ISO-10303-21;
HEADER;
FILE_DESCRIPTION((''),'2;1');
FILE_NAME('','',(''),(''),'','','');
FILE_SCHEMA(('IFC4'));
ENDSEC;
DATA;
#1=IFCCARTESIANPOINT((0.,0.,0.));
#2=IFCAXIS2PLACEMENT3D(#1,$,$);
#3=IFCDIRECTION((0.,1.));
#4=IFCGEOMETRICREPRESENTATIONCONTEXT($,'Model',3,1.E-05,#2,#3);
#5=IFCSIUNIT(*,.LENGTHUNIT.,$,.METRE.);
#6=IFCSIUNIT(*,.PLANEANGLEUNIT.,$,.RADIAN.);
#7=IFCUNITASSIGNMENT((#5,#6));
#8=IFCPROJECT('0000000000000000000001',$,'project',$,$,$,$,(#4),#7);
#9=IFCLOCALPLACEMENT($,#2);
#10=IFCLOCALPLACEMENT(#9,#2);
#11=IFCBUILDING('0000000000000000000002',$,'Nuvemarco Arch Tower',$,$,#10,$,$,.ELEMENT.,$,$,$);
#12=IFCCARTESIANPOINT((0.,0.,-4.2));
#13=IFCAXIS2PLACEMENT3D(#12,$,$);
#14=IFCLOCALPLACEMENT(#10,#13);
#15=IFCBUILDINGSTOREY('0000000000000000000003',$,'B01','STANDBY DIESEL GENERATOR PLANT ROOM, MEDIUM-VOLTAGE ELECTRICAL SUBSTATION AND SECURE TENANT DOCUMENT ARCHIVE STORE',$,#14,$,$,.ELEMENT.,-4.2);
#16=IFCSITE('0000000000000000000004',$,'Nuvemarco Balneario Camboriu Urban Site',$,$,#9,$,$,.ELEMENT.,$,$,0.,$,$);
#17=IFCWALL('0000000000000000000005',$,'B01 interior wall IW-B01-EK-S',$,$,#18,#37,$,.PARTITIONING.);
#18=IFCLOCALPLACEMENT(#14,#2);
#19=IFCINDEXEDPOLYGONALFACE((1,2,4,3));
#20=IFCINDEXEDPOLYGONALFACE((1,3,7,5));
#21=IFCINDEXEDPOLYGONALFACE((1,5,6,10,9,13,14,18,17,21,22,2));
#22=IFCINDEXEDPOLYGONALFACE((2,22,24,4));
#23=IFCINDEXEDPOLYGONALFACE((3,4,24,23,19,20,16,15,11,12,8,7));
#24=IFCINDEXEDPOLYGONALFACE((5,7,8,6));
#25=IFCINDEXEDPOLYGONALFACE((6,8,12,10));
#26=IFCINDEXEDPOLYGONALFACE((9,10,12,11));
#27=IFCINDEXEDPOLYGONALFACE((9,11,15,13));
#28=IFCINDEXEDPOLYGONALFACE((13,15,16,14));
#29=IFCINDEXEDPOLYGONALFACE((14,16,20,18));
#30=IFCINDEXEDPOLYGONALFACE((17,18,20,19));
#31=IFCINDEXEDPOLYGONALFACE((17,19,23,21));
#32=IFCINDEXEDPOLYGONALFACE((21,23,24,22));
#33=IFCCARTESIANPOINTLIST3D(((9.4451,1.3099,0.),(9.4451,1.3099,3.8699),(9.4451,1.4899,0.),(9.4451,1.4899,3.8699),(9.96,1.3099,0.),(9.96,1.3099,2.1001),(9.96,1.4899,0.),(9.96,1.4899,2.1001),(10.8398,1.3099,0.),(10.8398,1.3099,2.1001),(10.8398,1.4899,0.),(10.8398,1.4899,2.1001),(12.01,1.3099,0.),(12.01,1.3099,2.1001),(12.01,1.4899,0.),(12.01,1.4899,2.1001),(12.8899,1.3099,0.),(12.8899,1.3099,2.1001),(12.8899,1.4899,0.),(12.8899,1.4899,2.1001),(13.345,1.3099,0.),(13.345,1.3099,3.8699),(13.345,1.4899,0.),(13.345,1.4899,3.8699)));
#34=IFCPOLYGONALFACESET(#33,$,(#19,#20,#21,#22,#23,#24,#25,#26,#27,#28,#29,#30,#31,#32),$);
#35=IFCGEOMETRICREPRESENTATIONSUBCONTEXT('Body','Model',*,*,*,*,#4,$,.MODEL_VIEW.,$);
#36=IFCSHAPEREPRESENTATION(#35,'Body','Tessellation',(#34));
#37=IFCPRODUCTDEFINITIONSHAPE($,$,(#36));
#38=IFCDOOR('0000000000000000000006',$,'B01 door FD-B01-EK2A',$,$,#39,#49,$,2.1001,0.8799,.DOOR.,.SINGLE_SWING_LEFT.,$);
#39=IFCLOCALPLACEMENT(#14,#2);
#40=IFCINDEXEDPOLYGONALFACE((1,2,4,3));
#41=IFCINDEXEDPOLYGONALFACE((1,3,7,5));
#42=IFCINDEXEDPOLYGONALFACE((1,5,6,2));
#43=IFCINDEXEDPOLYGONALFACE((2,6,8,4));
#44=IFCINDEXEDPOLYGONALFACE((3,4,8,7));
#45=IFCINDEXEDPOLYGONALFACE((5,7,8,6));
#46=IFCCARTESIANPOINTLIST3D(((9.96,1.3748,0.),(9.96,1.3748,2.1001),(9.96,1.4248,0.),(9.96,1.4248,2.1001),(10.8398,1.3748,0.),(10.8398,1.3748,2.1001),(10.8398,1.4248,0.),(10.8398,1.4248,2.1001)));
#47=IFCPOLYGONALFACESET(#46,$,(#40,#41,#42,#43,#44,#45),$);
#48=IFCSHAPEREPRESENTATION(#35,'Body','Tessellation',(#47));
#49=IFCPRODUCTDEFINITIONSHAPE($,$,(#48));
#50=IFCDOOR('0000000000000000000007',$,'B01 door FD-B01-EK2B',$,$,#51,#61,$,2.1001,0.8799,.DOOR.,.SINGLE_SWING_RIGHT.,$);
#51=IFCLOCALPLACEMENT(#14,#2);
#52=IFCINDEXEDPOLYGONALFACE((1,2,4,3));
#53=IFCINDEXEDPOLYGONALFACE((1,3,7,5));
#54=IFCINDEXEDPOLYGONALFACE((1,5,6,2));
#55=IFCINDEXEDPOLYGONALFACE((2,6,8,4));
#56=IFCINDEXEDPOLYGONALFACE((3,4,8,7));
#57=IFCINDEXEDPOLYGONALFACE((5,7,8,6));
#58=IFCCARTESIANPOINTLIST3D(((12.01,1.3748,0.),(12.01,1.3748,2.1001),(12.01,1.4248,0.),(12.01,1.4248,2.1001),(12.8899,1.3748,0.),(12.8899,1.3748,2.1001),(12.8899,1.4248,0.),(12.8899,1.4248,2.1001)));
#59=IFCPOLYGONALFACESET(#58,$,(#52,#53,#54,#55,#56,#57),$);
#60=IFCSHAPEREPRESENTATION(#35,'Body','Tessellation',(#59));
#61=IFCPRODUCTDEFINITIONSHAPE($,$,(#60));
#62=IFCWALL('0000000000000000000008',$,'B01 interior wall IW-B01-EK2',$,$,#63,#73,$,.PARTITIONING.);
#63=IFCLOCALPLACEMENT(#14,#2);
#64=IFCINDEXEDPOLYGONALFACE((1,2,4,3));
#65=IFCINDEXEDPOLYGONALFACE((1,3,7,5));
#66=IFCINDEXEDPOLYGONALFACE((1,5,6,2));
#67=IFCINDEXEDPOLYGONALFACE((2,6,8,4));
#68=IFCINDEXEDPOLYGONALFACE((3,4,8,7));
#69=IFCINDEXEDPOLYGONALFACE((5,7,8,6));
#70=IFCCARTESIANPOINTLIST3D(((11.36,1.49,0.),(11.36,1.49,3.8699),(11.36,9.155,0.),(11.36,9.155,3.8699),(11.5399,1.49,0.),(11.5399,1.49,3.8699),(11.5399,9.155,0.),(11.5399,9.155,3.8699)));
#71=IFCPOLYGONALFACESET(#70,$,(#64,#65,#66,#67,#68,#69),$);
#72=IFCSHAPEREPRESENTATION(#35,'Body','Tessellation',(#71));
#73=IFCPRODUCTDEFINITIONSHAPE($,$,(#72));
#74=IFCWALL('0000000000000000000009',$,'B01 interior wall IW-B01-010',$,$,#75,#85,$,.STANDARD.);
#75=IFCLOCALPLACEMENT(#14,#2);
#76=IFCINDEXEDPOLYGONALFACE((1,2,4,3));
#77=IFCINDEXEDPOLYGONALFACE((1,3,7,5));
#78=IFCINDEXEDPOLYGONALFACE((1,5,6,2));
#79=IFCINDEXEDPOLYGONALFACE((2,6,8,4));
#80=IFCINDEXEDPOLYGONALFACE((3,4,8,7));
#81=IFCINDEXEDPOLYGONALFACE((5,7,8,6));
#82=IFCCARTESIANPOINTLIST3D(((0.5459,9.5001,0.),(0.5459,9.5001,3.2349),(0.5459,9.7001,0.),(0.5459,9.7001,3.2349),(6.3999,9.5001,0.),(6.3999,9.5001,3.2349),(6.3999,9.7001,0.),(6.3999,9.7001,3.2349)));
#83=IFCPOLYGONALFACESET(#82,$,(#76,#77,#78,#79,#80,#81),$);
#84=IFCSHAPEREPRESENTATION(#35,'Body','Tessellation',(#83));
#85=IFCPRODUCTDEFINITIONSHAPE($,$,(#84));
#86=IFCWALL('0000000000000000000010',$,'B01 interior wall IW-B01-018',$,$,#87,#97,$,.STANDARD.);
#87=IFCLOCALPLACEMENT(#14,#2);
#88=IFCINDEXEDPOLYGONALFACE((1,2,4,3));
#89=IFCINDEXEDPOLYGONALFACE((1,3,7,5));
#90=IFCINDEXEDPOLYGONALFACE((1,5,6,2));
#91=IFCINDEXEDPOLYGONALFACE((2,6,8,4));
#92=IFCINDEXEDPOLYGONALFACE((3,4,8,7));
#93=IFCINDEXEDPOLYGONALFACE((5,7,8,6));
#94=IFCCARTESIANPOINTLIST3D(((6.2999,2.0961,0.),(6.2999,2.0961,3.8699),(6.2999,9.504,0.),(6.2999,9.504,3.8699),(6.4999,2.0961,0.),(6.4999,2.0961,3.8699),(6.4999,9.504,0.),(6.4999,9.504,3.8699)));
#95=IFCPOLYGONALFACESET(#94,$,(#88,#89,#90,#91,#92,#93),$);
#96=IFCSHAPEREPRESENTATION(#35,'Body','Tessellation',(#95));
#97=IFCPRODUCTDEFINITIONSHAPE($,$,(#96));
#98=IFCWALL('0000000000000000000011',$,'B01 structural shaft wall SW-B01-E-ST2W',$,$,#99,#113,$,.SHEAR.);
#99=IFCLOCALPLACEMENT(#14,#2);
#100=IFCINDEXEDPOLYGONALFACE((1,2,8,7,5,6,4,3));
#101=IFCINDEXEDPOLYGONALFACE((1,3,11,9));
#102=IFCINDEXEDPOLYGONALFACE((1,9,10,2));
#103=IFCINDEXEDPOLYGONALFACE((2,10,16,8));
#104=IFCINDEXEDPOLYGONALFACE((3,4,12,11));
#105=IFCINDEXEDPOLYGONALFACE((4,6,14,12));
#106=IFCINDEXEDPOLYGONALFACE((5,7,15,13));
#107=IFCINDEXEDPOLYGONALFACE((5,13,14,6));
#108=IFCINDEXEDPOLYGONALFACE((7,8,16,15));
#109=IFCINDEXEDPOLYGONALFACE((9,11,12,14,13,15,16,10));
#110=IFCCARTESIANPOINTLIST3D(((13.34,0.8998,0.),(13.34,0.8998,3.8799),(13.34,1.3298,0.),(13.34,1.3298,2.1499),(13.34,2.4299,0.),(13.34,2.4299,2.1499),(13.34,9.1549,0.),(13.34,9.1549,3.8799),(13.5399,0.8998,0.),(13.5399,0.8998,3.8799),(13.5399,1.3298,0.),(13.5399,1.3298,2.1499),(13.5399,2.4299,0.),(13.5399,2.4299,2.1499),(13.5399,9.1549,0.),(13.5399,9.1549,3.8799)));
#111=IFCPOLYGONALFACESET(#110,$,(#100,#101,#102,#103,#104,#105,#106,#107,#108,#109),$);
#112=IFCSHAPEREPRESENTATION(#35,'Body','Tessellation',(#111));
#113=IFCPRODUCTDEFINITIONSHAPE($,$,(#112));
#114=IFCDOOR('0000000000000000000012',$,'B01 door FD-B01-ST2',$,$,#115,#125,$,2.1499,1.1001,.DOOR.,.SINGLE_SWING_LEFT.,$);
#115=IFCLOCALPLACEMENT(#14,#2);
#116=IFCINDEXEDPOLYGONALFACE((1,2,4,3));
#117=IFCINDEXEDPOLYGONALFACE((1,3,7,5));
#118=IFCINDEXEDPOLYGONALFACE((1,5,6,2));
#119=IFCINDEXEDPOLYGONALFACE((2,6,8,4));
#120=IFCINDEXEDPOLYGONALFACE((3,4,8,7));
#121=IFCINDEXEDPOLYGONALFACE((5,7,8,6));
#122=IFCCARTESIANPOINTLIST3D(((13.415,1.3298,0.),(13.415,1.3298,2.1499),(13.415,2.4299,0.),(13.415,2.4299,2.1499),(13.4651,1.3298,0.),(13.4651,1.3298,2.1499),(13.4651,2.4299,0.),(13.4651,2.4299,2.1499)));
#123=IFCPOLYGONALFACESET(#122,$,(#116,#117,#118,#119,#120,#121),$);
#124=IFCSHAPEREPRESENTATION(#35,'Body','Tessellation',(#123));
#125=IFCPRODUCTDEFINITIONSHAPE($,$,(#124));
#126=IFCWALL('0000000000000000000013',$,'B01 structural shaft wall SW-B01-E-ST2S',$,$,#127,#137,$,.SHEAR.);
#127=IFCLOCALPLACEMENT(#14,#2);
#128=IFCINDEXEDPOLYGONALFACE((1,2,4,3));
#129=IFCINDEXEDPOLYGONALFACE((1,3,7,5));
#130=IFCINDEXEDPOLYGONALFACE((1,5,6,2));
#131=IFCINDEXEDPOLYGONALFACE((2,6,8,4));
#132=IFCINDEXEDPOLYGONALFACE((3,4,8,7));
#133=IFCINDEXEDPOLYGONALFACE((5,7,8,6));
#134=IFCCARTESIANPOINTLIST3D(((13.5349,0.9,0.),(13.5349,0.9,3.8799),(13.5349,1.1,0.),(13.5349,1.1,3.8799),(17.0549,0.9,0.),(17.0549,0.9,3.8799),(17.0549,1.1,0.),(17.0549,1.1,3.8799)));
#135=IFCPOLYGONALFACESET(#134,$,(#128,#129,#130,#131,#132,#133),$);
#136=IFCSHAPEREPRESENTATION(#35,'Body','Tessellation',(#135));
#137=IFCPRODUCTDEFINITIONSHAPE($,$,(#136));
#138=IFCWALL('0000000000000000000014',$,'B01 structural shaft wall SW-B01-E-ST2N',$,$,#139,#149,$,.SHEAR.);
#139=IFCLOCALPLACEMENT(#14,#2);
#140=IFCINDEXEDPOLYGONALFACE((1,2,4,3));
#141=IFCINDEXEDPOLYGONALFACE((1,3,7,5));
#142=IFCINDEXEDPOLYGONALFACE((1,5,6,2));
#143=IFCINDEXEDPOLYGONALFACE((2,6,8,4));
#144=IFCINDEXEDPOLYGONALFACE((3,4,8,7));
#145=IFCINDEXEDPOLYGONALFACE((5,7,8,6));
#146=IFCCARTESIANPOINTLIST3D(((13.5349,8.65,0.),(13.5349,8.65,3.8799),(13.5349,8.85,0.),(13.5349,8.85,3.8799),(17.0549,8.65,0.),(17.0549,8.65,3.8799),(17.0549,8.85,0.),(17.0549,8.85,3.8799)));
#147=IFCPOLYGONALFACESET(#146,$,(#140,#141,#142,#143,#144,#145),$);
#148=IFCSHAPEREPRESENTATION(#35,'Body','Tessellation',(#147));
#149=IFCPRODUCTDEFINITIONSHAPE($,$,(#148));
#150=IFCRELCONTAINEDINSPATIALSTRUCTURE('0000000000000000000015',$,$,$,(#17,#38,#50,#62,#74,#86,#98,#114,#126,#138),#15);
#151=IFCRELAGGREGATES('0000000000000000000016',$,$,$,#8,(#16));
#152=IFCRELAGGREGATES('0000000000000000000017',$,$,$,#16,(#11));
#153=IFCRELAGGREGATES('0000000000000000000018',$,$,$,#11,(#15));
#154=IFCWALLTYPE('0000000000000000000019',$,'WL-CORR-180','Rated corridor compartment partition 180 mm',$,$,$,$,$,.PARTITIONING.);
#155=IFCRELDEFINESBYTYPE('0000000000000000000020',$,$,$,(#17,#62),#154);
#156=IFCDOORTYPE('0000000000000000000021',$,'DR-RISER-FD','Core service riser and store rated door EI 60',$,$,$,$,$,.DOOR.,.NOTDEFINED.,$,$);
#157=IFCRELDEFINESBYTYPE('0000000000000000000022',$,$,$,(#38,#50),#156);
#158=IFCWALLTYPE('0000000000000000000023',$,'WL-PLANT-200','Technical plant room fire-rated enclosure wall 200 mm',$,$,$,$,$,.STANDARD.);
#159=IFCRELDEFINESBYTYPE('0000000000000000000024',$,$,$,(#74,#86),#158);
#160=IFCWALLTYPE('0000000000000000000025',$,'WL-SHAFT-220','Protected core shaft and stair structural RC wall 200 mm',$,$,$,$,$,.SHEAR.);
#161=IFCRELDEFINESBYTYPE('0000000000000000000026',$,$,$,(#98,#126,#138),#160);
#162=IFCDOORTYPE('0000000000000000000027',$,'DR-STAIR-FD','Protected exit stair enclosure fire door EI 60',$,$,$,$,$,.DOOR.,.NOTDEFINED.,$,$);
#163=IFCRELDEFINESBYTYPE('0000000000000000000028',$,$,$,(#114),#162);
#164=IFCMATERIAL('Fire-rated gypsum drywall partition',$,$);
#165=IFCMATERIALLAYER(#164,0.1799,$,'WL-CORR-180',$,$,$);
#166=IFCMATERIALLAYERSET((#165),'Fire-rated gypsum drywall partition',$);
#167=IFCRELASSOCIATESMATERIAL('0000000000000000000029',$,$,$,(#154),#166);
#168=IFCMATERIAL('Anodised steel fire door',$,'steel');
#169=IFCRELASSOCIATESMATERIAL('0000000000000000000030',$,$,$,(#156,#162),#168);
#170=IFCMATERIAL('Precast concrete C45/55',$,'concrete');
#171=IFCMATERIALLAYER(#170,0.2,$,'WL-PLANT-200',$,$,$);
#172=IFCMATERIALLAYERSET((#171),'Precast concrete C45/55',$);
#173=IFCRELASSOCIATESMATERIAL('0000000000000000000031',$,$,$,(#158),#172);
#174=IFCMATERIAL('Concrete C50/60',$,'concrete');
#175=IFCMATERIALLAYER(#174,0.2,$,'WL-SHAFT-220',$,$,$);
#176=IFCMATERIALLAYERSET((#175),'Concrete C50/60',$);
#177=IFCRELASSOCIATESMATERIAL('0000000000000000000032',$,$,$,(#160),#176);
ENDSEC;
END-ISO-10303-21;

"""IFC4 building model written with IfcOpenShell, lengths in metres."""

from ifc_helpers import new_model, si_unit, direction, frame, frame_2d, origin, place, context, subcontext, project, spatial, rectangle, extrude, source, transform, mapped, material, layer, layer_set, type_object, type_shapes, element, fill, save


model = new_model("IFC4")

# Units and contexts
model_context = context("Model", 3, precision=1e-05, world=origin(), true_north=direction((0.0, 1.0)))
body_context = subcontext(model_context, "Body", "Model", "MODEL_VIEW")
ifc_project = project(units=[si_unit("LENGTHUNIT", "METRE"), si_unit("PLANEANGLEUNIT", "RADIAN")], contexts=[model_context])

# Site, building, storey
site_placement = place(None, origin())
site = spatial("IfcSite", under=ifc_project, at=site_placement, Name="Nuvemarco Balneario Camboriu Urban Site", CompositionType="ELEMENT", RefElevation=0.0)
building_placement = place(site_placement, origin())
building = spatial("IfcBuilding", under=site, at=building_placement, Name="Nuvemarco Arch Tower", CompositionType="ELEMENT")
storey_placement = place(building_placement, frame((0.0, 0.0, -4.2)))
storey = spatial("IfcBuildingStorey", under=building, at=storey_placement, Name="B01", Description="STANDBY DIESEL GENERATOR PLANT ROOM, MEDIUM-VOLTAGE ELECTRICAL SUBSTATION AND SECURE TENANT DOCUMENT ARCHIVE STORE", CompositionType="ELEMENT", Elevation=-4.2)

# Shared definitions
ifc_material_1 = material(Name="Concrete C50/60", Category="concrete")

# Wall, openings, doors
ifc_material_2 = material(Name="Fire-rated gypsum drywall partition")
ifc_layer_1 = layer(ifc_material_2, 0.1799, Name="WL-CORR-180")
ifc_layer_set_1 = layer_set([ifc_layer_1], Name="Fire-rated gypsum drywall partition")
wall_type_1 = type_object("IfcWallType", Name="WL-CORR-180", Description="Rated corridor compartment partition 180 mm", PredefinedType="PARTITIONING", material=ifc_layer_set_1)
wall_1_placement = place(storey_placement, frame((9.4451, 1.3999, 0.0), z_axis=(0.0, 0.0, 1.0), x_axis=(1.0, 0.0, 0.0)))
wall_1 = element("IfcWall", 1, at=wall_1_placement, inside=storey, type_object=wall_type_1, Name="B01 interior wall IW-B01-EK-S", PredefinedType="PARTITIONING", context=body_context, shape_type="SweptSolid", body=[
    extrude(rectangle(XDim=3.8999, YDim=0.1799, at=frame_2d((1.95, 0.0))), origin(), (0.0, 0.0, 1.0), 3.8699),
])
opening_1_placement = place(wall_1_placement, frame((0.5149, 0.0, 0.0)))
opening_1 = element("IfcOpeningElement", 2, at=opening_1_placement, cuts=wall_1, PredefinedType="OPENING", context=body_context, shape_type="SweptSolid", body=[
    extrude(rectangle(XDim=0.8799, YDim=2.1001, at=frame_2d((0.4399, 1.05))), frame((0.0, 0.0999, 0.0), z_axis=(0.0, -1.0, 0.0), x_axis=(1.0, 0.0, 0.0)), (0.0, 0.0, 1.0), 0.2),
])
opening_2_placement = place(wall_1_placement, frame((2.5649, 0.0, 0.0)))
opening_2 = element("IfcOpeningElement", 3, at=opening_2_placement, cuts=wall_1, PredefinedType="OPENING", context=body_context, shape_type="SweptSolid", body=[
    extrude(rectangle(XDim=0.8799, YDim=2.1001, at=frame_2d((0.4399, 1.05))), frame((0.0, 0.0999, 0.0), z_axis=(0.0, -1.0, 0.0), x_axis=(1.0, 0.0, 0.0)), (0.0, 0.0, 1.0), 0.2),
])
ifc_material_3 = material(Name="Anodised steel fire door", Category="steel")
door_type_1 = type_object("IfcDoorType", Name="DR-RISER-FD", Description="Core service riser and store rated door EI 60", OperationType="NOTDEFINED", PredefinedType="DOOR", material=ifc_material_3)
shared_shape_1 = source(origin(), body_context, "Body", "SweptSolid", [
    extrude(rectangle(XDim=0.8799, YDim=2.1001, at=frame_2d((0.4399, 1.05))), frame((0.0, 0.0249, 0.0), z_axis=(0.0, -1.0, 0.0), x_axis=(1.0, 0.0, 0.0)), (0.0, 0.0, 1.0), 0.05),
])
type_shapes(door_type_1, [shared_shape_1])
door_1_placement = place(opening_1_placement, origin())
door_1 = element("IfcDoor", 4, at=door_1_placement, inside=storey, type_object=door_type_1, Name="B01 door FD-B01-EK2A", OperationType="SINGLE_SWING_LEFT", OverallHeight=2.1001, OverallWidth=0.8799, PredefinedType="DOOR", context=body_context, shape_type="MappedRepresentation", body=[
    mapped(shared_shape_1, transform((0.0, 0.0, 0.0), scale=1.0)),
])
fill(opening_1, door_1)
door_2_placement = place(opening_2_placement, origin())
door_2 = element("IfcDoor", 5, at=door_2_placement, inside=storey, type_object=door_type_1, Name="B01 door FD-B01-EK2B", OperationType="SINGLE_SWING_RIGHT", OverallHeight=2.1001, OverallWidth=0.8799, PredefinedType="DOOR", context=body_context, shape_type="MappedRepresentation", body=[
    mapped(shared_shape_1, transform((0.0, 0.0, 0.0), scale=1.0)),
])
fill(opening_2, door_2)

# Walls
wall_2_placement = place(storey_placement, frame((11.45, 1.49, 0.0), z_axis=(0.0, 0.0, 1.0), x_axis=(0.0, 1.0, 0.0)))
element("IfcWall", 6, at=wall_2_placement, inside=storey, type_object=wall_type_1, Name="B01 interior wall IW-B01-EK2", PredefinedType="PARTITIONING", context=body_context, shape_type="SweptSolid", body=[
    extrude(rectangle(XDim=7.665, YDim=0.1799, at=frame_2d((3.8325, 0.0))), origin(), (0.0, 0.0, 1.0), 3.8699),
])
ifc_material_4 = material(Name="Precast concrete C45/55", Category="concrete")
ifc_layer_2 = layer(ifc_material_4, 0.2, Name="WL-PLANT-200")
ifc_layer_set_2 = layer_set([ifc_layer_2], Name="Precast concrete C45/55")
wall_type_2 = type_object("IfcWallType", Name="WL-PLANT-200", Description="Technical plant room fire-rated enclosure wall 200 mm", PredefinedType="STANDARD", material=ifc_layer_set_2)
wall_3_placement = place(storey_placement, frame((0.5459, 9.6001, 0.0), z_axis=(0.0, 0.0, 1.0), x_axis=(1.0, 0.0, 0.0)))
element("IfcWall", 7, at=wall_3_placement, inside=storey, type_object=wall_type_2, Name="B01 interior wall IW-B01-010", PredefinedType="STANDARD", context=body_context, shape_type="SweptSolid", body=[
    extrude(rectangle(XDim=5.854, YDim=0.2, at=frame_2d((2.927, 0.0))), origin(), (0.0, 0.0, 1.0), 3.2349),
])
wall_4_placement = place(storey_placement, frame((6.3999, 2.0959, 0.0), z_axis=(0.0, 0.0, 1.0), x_axis=(0.0, 1.0, 0.0)))
element("IfcWall", 8, at=wall_4_placement, inside=storey, type_object=wall_type_2, Name="B01 interior wall IW-B01-018", PredefinedType="STANDARD", context=body_context, shape_type="SweptSolid", body=[
    extrude(rectangle(XDim=7.408, YDim=0.2, at=frame_2d((3.7041, 0.0))), origin(), (0.0, 0.0, 1.0), 3.8699),
])

# Wall, opening, door
ifc_layer_3 = layer(ifc_material_1, 0.2, Name="WL-SHAFT-220")
ifc_layer_set_3 = layer_set([ifc_layer_3], Name="Concrete C50/60")
wall_type_3 = type_object("IfcWallType", Name="WL-SHAFT-220", Description="Protected core shaft and stair structural RC wall 200 mm", PredefinedType="SHEAR", material=ifc_layer_set_3)
wall_5_placement = place(storey_placement, frame((13.4399, 0.8999, 0.0), z_axis=(0.0, 0.0, 1.0), x_axis=(0.0, 1.0, 0.0)))
wall_5 = element("IfcWall", 9, at=wall_5_placement, inside=storey, type_object=wall_type_3, Name="B01 structural shaft wall SW-B01-E-ST2W", PredefinedType="SHEAR", context=body_context, shape_type="SweptSolid", body=[
    extrude(rectangle(XDim=8.2551, YDim=0.2, at=frame_2d((4.1274, 0.0))), origin(), (0.0, 0.0, 1.0), 3.8799),
])
opening_3_placement = place(wall_5_placement, frame((0.4299, 0.0, 0.0)))
opening_3 = element("IfcOpeningElement", 10, at=opening_3_placement, cuts=wall_5, PredefinedType="OPENING", context=body_context, shape_type="SweptSolid", body=[
    extrude(rectangle(XDim=1.1001, YDim=2.1499, at=frame_2d((0.55, 1.075))), frame((0.0, 0.1099, 0.0), z_axis=(0.0, -1.0, 0.0), x_axis=(1.0, 0.0, 0.0)), (0.0, 0.0, 1.0), 0.22),
])
door_type_2 = type_object("IfcDoorType", Name="DR-STAIR-FD", Description="Protected exit stair enclosure fire door EI 60", OperationType="NOTDEFINED", PredefinedType="DOOR", material=ifc_material_3)
shared_shape_2 = source(origin(), body_context, "Body", "SweptSolid", [
    extrude(rectangle(XDim=1.1001, YDim=2.1499, at=frame_2d((0.55, 1.075))), frame((0.0, 0.0249, 0.0), z_axis=(0.0, -1.0, 0.0), x_axis=(1.0, 0.0, 0.0)), (0.0, 0.0, 1.0), 0.05),
])
type_shapes(door_type_2, [shared_shape_2])
door_3_placement = place(opening_3_placement, origin())
door_3 = element("IfcDoor", 11, at=door_3_placement, inside=storey, type_object=door_type_2, Name="B01 door FD-B01-ST2", OperationType="SINGLE_SWING_LEFT", OverallHeight=2.1499, OverallWidth=1.1001, PredefinedType="DOOR", context=body_context, shape_type="MappedRepresentation", body=[
    mapped(shared_shape_2, transform((0.0, 0.0, 0.0), scale=1.0)),
])
fill(opening_3, door_3)

# Walls
for number, where, z_axis, x_axis, name in (
    (12, (13.5349, 1.0, 0.0), (0.0, 0.0, 1.0), (1.0, 0.0, 0.0), "B01 structural shaft wall SW-B01-E-ST2S"),
    (13, (13.5349, 8.75, 0.0), (0.0, 0.0, 1.0), (1.0, 0.0, 0.0), "B01 structural shaft wall SW-B01-E-ST2N"),
):
    element("IfcWall", number, at=place(storey_placement, frame(where, z_axis=z_axis, x_axis=x_axis)), inside=storey, type_object=wall_type_3, Name=name, PredefinedType="SHEAR", context=body_context, shape_type="SweptSolid", body=[
        extrude(rectangle(XDim=3.52, YDim=0.2, at=frame_2d((1.76, 0.0))), origin(), (0.0, 0.0, 1.0), 3.8799),
    ])

save(model, "model.ifc")
